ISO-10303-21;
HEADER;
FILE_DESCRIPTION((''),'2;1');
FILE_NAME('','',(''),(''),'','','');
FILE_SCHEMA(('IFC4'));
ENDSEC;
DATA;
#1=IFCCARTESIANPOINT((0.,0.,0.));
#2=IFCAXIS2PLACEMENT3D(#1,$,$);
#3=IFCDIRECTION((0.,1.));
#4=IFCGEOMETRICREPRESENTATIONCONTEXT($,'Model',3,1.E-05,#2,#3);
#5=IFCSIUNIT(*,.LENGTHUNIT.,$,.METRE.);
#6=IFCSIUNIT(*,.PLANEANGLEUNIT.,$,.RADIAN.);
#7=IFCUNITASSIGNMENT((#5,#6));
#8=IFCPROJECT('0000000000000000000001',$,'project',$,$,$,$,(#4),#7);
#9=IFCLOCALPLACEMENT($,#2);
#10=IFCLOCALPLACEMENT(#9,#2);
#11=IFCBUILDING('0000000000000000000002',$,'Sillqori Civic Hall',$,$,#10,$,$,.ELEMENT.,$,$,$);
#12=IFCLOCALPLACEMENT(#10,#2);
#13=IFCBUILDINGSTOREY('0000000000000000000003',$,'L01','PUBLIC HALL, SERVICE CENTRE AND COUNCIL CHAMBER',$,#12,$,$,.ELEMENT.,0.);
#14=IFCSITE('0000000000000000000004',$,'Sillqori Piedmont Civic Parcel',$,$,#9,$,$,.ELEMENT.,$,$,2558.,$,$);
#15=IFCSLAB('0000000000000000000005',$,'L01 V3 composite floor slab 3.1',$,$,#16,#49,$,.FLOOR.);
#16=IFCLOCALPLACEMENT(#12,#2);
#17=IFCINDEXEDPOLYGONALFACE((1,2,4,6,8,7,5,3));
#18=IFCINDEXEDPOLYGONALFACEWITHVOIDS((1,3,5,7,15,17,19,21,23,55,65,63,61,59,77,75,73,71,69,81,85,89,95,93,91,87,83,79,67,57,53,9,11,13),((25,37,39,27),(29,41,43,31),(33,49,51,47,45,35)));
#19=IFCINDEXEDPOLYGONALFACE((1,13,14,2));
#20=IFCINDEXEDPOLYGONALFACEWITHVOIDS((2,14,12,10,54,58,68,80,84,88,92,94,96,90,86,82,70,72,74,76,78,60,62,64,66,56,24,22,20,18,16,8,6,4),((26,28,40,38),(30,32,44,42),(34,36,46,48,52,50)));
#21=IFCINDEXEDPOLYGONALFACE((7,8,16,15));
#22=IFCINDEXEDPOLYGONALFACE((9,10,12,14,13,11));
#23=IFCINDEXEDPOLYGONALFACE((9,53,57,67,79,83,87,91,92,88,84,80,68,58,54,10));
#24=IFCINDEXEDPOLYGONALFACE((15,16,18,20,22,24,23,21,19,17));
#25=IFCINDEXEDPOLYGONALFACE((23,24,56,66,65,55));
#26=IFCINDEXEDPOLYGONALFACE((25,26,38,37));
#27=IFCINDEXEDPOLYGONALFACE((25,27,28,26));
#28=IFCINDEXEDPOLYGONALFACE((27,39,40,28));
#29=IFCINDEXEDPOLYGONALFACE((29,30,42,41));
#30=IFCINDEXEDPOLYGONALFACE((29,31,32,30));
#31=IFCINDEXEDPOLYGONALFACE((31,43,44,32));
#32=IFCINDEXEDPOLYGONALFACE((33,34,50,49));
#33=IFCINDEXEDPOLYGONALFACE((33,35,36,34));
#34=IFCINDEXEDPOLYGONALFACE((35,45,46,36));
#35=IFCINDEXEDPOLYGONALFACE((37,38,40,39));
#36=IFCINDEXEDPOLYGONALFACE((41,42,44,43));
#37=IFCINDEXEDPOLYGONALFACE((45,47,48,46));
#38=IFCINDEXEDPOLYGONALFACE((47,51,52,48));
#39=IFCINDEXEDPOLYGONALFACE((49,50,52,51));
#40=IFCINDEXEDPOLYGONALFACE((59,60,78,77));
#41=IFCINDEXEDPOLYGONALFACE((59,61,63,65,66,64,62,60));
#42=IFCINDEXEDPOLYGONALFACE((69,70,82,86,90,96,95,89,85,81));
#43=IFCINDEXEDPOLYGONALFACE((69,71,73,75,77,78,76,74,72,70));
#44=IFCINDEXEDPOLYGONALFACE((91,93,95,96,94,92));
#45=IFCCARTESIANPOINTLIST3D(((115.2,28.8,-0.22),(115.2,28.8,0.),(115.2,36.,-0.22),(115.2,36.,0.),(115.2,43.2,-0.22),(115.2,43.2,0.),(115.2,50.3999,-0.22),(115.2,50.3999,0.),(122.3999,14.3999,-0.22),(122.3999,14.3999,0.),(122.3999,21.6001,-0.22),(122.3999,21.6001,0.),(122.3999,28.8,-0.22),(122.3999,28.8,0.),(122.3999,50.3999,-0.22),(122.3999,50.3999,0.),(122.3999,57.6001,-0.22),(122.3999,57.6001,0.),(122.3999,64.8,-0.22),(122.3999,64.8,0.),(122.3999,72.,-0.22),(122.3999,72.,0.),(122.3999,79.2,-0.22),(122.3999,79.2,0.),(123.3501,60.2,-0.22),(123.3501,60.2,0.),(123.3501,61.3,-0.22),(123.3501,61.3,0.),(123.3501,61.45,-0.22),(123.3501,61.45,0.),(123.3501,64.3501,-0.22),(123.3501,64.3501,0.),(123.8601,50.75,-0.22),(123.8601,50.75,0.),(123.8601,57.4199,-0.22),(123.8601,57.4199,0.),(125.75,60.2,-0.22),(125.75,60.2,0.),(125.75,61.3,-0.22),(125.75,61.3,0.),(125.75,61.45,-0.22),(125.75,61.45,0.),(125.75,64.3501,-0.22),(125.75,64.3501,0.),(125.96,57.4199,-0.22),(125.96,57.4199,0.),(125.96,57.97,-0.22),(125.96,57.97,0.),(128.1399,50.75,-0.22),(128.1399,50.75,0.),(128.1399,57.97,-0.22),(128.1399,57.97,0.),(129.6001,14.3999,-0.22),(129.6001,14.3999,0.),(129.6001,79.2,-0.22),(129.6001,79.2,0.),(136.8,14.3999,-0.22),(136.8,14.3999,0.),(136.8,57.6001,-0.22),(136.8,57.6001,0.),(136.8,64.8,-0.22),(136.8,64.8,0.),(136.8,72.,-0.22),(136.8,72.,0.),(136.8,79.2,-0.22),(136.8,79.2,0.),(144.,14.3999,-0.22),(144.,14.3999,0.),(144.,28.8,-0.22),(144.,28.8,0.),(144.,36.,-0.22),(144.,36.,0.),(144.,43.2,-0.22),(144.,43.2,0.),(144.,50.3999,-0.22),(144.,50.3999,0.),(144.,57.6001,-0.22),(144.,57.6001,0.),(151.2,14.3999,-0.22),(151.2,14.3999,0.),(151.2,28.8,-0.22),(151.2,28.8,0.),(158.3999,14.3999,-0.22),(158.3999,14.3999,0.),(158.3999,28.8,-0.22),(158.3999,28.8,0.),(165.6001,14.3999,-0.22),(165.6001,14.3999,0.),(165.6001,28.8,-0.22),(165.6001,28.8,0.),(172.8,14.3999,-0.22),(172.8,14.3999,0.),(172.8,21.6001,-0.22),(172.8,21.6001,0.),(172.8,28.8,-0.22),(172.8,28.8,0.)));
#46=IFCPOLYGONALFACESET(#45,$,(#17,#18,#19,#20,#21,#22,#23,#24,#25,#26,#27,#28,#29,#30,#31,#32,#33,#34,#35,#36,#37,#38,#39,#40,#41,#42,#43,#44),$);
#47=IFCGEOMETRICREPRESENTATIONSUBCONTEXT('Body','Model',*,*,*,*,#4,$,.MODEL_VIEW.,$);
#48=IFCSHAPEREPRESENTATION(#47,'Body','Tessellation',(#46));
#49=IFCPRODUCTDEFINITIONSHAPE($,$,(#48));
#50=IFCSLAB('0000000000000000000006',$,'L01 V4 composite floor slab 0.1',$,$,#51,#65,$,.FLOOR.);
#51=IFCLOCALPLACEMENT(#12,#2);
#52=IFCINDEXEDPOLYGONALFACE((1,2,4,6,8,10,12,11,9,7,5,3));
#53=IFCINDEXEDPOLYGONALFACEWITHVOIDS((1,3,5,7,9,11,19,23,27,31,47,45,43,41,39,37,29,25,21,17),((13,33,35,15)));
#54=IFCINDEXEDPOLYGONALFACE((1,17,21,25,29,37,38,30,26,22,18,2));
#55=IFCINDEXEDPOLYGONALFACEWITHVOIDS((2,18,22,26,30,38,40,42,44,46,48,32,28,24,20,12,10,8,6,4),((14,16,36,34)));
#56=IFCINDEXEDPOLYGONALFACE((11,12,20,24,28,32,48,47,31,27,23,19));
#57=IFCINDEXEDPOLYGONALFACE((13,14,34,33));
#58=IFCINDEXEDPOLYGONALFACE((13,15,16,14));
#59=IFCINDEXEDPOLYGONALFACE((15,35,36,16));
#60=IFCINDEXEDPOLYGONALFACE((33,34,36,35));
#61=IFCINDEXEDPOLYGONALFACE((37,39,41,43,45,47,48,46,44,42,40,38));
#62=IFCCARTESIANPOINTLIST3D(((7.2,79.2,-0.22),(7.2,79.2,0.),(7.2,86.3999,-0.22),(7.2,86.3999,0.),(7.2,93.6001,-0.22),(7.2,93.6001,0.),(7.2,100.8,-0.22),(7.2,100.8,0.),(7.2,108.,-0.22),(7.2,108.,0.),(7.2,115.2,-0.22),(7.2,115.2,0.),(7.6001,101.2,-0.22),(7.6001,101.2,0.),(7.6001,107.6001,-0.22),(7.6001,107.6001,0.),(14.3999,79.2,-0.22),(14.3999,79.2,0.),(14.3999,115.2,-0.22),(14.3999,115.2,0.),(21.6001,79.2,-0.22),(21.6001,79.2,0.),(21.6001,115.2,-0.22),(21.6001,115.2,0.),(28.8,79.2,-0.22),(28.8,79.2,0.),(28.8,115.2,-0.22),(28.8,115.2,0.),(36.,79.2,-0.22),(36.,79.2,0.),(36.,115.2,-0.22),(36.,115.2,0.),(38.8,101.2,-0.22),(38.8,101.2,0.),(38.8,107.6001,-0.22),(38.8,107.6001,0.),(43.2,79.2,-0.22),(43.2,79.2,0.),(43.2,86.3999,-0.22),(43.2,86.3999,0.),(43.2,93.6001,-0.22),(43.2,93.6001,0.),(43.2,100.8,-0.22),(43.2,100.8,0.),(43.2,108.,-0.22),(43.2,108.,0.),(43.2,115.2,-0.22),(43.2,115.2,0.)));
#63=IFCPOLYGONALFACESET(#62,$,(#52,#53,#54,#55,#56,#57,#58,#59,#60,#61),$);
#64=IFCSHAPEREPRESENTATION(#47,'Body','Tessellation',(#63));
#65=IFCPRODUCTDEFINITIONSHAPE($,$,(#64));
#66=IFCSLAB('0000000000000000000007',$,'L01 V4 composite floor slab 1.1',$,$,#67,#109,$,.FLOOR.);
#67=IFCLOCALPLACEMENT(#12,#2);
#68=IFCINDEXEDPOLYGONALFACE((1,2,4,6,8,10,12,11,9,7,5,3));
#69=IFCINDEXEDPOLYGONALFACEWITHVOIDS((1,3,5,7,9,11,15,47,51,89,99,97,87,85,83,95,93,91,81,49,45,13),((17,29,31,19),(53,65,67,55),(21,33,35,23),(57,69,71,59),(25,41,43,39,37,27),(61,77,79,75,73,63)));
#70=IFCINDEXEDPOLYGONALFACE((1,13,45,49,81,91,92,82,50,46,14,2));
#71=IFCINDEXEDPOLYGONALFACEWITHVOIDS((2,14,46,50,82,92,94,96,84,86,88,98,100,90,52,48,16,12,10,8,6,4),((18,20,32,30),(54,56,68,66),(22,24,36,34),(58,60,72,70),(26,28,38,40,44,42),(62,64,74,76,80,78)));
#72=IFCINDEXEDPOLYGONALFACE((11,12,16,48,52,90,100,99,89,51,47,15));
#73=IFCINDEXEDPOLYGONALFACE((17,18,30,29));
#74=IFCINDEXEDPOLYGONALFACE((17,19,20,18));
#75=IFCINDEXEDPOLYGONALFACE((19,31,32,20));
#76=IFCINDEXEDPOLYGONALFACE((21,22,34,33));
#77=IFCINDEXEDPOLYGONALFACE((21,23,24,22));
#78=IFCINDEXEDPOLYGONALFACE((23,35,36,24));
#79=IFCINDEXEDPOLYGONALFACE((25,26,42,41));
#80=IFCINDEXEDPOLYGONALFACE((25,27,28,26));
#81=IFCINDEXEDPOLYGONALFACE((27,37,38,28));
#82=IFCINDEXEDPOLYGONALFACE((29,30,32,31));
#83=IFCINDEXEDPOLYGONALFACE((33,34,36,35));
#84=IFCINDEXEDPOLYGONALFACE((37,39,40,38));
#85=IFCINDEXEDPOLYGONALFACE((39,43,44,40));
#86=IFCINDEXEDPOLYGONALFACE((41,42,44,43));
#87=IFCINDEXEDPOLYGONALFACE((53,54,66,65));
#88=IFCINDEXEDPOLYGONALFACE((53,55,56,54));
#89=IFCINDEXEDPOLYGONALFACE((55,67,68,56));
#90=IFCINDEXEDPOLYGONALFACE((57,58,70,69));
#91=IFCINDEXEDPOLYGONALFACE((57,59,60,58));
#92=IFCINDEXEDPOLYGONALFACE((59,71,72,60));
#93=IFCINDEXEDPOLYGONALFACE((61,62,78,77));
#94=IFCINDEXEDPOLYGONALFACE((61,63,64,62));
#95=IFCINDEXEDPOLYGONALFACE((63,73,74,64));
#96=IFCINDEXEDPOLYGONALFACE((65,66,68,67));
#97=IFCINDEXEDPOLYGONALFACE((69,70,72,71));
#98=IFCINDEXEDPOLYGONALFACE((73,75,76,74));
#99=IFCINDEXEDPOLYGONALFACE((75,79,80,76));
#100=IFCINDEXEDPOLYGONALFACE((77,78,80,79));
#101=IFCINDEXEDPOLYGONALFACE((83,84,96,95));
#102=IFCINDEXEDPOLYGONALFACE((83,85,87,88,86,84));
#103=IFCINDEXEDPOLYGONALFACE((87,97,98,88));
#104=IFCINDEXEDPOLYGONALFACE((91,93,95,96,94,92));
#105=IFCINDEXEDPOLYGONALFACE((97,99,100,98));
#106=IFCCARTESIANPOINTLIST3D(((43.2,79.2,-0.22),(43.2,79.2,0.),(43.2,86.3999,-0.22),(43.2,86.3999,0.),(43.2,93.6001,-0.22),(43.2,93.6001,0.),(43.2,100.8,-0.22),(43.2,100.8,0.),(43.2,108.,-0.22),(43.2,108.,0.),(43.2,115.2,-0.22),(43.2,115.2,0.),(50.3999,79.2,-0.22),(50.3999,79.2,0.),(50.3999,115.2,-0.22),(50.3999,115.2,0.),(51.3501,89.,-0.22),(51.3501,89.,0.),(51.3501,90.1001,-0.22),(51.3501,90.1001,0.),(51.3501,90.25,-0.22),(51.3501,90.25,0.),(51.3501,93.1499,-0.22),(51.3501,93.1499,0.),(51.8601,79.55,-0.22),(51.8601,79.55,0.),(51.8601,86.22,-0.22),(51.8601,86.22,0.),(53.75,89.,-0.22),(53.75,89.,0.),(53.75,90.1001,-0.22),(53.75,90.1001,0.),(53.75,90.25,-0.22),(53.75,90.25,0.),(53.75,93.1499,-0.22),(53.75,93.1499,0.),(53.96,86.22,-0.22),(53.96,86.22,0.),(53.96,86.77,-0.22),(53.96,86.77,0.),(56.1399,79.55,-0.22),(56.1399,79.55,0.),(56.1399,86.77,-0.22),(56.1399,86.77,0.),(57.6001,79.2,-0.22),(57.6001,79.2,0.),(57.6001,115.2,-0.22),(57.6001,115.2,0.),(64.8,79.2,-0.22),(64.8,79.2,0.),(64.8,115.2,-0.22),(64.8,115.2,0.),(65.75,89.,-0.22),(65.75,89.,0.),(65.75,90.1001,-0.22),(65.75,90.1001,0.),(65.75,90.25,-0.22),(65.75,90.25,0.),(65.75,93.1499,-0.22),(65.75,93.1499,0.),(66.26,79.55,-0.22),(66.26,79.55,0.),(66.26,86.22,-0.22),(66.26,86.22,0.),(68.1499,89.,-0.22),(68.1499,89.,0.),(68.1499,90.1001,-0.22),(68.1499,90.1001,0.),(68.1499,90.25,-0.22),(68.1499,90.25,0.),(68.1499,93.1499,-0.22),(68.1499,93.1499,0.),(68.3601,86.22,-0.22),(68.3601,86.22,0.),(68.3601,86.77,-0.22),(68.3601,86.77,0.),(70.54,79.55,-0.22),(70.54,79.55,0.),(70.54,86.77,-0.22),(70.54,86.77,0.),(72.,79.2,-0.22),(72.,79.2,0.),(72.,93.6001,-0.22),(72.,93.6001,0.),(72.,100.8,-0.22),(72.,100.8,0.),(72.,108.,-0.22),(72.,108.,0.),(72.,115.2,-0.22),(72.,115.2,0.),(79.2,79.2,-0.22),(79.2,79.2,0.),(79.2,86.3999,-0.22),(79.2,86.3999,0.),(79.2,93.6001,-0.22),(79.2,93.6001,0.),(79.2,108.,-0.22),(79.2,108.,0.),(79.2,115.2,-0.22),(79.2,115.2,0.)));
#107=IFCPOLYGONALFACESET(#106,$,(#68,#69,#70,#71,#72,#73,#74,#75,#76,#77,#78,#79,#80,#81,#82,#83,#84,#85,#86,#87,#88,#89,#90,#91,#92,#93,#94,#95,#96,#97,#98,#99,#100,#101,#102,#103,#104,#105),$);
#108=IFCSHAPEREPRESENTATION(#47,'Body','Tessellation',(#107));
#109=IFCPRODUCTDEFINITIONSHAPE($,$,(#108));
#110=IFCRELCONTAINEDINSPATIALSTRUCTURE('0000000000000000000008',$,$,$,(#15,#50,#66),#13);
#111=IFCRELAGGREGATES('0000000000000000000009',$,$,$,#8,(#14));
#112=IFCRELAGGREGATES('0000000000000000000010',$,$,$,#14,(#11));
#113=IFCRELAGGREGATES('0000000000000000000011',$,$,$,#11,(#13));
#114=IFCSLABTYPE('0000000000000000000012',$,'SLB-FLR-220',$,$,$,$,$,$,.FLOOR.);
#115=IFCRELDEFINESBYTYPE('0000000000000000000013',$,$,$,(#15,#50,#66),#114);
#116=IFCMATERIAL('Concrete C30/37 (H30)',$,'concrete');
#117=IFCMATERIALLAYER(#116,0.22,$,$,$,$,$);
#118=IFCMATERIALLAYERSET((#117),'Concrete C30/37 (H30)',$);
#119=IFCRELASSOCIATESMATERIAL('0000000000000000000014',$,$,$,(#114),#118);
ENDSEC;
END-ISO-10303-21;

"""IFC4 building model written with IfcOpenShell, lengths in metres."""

from ifc_helpers import new_model, si_unit, direction, frame, origin, place, context, subcontext, project, spatial, polyline, outline, extrude, material, layer, layer_set, type_object, element, save


model = new_model("IFC4")

# Units and contexts
model_context = context("Model", 3, precision=1e-05, world=origin(), true_north=direction((0.0, 1.0)))
body_context = subcontext(model_context, "Body", "Model", "MODEL_VIEW")
ifc_project = project(units=[si_unit("LENGTHUNIT", "METRE"), si_unit("PLANEANGLEUNIT", "RADIAN")], contexts=[model_context])

# Site, building, storey
site_placement = place(None, origin())
site = spatial("IfcSite", under=ifc_project, at=site_placement, Name="Sillqori Piedmont Civic Parcel", CompositionType="ELEMENT", RefElevation=2558.0)
building_placement = place(site_placement, origin())
building = spatial("IfcBuilding", under=site, at=building_placement, Name="Sillqori Civic Hall", CompositionType="ELEMENT")
storey_placement = place(building_placement, origin())
storey = spatial("IfcBuildingStorey", under=building, at=storey_placement, Name="L01", Description="PUBLIC HALL, SERVICE CENTRE AND COUNCIL CHAMBER", CompositionType="ELEMENT", Elevation=0.0)

# Slabs
ifc_material_1 = material(Name="Concrete C30/37 (H30)", Category="concrete")
ifc_layer_1 = layer(ifc_material_1, 0.22)
ifc_layer_set_1 = layer_set([ifc_layer_1], Name="Concrete C30/37 (H30)")
slab_type_1 = type_object("IfcSlabType", Name="SLB-FLR-220", PredefinedType="FLOOR", material=ifc_layer_set_1)
slab_1_placement = place(storey_placement, frame((0.0, 0.0, -0.22)))
element("IfcSlab", 1, at=slab_1_placement, inside=storey, type_object=slab_type_1, Name="L01 V3 composite floor slab 3.1", PredefinedType="FLOOR", context=body_context, shape_type="SweptSolid", body=[
    extrude(outline(polyline([(122.3999, 28.8), (115.2, 28.8), (115.2, 36.0), (115.2, 43.2), (115.2, 50.3999), (122.3999, 50.3999), (122.3999, 57.6001), (122.3999, 64.8), (122.3999, 72.0), (122.3999, 79.2), (129.6001, 79.2), (136.8, 79.2), (136.8, 72.0), (136.8, 64.8), (136.8, 57.6001), (144.0, 57.6001), (144.0, 50.3999), (144.0, 43.2), (144.0, 36.0), (144.0, 28.8), (151.2, 28.8), (158.3999, 28.8), (165.6001, 28.8), (172.8, 28.8), (172.8, 21.6001), (172.8, 14.3999), (165.6001, 14.3999), (158.3999, 14.3999), (151.2, 14.3999), (144.0, 14.3999), (136.8, 14.3999), (129.6001, 14.3999), (122.3999, 14.3999), (122.3999, 21.6001), (122.3999, 28.8)]), holes=[polyline([(125.96, 57.4199), (123.8601, 57.4199), (123.8601, 50.75), (128.1399, 50.75), (128.1399, 57.97), (125.96, 57.97), (125.96, 57.4199)]), polyline([(125.75, 60.2), (125.75, 61.3), (123.3501, 61.3), (123.3501, 60.2), (125.75, 60.2)]), polyline([(125.75, 64.3501), (123.3501, 64.3501), (123.3501, 61.45), (125.75, 61.45), (125.75, 64.3501)])]), origin(), (0.0, 0.0, 1.0), 0.22),
])
slab_2_placement = place(storey_placement, frame((0.0, 0.0, -0.22)))
element("IfcSlab", 2, at=slab_2_placement, inside=storey, type_object=slab_type_1, Name="L01 V4 composite floor slab 0.1", PredefinedType="FLOOR", context=body_context, shape_type="SweptSolid", body=[
    extrude(outline(polyline([(7.2, 108.0), (7.2, 115.2), (14.3999, 115.2), (21.6001, 115.2), (28.8, 115.2), (36.0, 115.2), (43.2, 115.2), (43.2, 108.0), (43.2, 100.8), (43.2, 93.6001), (43.2, 86.3999), (43.2, 79.2), (36.0, 79.2), (28.8, 79.2), (21.6001, 79.2), (14.3999, 79.2), (7.2, 79.2), (7.2, 86.3999), (7.2, 93.6001), (7.2, 100.8), (7.2, 108.0)]), holes=[polyline([(38.8, 107.6001), (7.6001, 107.6001), (7.6001, 101.2), (38.8, 101.2), (38.8, 107.6001)])]), origin(), (0.0, 0.0, 1.0), 0.22),
])
slab_3_placement = place(storey_placement, frame((0.0, 0.0, -0.22)))
element("IfcSlab", 3, at=slab_3_placement, inside=storey, type_object=slab_type_1, Name="L01 V4 composite floor slab 1.1", PredefinedType="FLOOR", context=body_context, shape_type="SweptSolid", body=[
    extrude(outline(polyline([(43.2, 108.0), (43.2, 115.2), (50.3999, 115.2), (57.6001, 115.2), (64.8, 115.2), (72.0, 115.2), (79.2, 115.2), (79.2, 108.0), (72.0, 108.0), (72.0, 100.8), (72.0, 93.6001), (79.2, 93.6001), (79.2, 86.3999), (79.2, 79.2), (72.0, 79.2), (64.8, 79.2), (57.6001, 79.2), (50.3999, 79.2), (43.2, 79.2), (43.2, 86.3999), (43.2, 93.6001), (43.2, 100.8), (43.2, 108.0)]), holes=[polyline([(51.8601, 86.22), (51.8601, 79.55), (56.1399, 79.55), (56.1399, 86.77), (53.96, 86.77), (53.96, 86.22), (51.8601, 86.22)]), polyline([(68.3601, 86.22), (66.26, 86.22), (66.26, 79.55), (70.54, 79.55), (70.54, 86.77), (68.3601, 86.77), (68.3601, 86.22)]), polyline([(53.75, 89.0), (53.75, 90.1001), (51.3501, 90.1001), (51.3501, 89.0), (53.75, 89.0)]), polyline([(68.1499, 90.1001), (65.75, 90.1001), (65.75, 89.0), (68.1499, 89.0), (68.1499, 90.1001)]), polyline([(53.75, 90.25), (53.75, 93.1499), (51.3501, 93.1499), (51.3501, 90.25), (53.75, 90.25)]), polyline([(68.1499, 90.25), (68.1499, 93.1499), (65.75, 93.1499), (65.75, 90.25), (68.1499, 90.25)])]), origin(), (0.0, 0.0, 1.0), 0.22),
])

save(model, "model.ifc")
